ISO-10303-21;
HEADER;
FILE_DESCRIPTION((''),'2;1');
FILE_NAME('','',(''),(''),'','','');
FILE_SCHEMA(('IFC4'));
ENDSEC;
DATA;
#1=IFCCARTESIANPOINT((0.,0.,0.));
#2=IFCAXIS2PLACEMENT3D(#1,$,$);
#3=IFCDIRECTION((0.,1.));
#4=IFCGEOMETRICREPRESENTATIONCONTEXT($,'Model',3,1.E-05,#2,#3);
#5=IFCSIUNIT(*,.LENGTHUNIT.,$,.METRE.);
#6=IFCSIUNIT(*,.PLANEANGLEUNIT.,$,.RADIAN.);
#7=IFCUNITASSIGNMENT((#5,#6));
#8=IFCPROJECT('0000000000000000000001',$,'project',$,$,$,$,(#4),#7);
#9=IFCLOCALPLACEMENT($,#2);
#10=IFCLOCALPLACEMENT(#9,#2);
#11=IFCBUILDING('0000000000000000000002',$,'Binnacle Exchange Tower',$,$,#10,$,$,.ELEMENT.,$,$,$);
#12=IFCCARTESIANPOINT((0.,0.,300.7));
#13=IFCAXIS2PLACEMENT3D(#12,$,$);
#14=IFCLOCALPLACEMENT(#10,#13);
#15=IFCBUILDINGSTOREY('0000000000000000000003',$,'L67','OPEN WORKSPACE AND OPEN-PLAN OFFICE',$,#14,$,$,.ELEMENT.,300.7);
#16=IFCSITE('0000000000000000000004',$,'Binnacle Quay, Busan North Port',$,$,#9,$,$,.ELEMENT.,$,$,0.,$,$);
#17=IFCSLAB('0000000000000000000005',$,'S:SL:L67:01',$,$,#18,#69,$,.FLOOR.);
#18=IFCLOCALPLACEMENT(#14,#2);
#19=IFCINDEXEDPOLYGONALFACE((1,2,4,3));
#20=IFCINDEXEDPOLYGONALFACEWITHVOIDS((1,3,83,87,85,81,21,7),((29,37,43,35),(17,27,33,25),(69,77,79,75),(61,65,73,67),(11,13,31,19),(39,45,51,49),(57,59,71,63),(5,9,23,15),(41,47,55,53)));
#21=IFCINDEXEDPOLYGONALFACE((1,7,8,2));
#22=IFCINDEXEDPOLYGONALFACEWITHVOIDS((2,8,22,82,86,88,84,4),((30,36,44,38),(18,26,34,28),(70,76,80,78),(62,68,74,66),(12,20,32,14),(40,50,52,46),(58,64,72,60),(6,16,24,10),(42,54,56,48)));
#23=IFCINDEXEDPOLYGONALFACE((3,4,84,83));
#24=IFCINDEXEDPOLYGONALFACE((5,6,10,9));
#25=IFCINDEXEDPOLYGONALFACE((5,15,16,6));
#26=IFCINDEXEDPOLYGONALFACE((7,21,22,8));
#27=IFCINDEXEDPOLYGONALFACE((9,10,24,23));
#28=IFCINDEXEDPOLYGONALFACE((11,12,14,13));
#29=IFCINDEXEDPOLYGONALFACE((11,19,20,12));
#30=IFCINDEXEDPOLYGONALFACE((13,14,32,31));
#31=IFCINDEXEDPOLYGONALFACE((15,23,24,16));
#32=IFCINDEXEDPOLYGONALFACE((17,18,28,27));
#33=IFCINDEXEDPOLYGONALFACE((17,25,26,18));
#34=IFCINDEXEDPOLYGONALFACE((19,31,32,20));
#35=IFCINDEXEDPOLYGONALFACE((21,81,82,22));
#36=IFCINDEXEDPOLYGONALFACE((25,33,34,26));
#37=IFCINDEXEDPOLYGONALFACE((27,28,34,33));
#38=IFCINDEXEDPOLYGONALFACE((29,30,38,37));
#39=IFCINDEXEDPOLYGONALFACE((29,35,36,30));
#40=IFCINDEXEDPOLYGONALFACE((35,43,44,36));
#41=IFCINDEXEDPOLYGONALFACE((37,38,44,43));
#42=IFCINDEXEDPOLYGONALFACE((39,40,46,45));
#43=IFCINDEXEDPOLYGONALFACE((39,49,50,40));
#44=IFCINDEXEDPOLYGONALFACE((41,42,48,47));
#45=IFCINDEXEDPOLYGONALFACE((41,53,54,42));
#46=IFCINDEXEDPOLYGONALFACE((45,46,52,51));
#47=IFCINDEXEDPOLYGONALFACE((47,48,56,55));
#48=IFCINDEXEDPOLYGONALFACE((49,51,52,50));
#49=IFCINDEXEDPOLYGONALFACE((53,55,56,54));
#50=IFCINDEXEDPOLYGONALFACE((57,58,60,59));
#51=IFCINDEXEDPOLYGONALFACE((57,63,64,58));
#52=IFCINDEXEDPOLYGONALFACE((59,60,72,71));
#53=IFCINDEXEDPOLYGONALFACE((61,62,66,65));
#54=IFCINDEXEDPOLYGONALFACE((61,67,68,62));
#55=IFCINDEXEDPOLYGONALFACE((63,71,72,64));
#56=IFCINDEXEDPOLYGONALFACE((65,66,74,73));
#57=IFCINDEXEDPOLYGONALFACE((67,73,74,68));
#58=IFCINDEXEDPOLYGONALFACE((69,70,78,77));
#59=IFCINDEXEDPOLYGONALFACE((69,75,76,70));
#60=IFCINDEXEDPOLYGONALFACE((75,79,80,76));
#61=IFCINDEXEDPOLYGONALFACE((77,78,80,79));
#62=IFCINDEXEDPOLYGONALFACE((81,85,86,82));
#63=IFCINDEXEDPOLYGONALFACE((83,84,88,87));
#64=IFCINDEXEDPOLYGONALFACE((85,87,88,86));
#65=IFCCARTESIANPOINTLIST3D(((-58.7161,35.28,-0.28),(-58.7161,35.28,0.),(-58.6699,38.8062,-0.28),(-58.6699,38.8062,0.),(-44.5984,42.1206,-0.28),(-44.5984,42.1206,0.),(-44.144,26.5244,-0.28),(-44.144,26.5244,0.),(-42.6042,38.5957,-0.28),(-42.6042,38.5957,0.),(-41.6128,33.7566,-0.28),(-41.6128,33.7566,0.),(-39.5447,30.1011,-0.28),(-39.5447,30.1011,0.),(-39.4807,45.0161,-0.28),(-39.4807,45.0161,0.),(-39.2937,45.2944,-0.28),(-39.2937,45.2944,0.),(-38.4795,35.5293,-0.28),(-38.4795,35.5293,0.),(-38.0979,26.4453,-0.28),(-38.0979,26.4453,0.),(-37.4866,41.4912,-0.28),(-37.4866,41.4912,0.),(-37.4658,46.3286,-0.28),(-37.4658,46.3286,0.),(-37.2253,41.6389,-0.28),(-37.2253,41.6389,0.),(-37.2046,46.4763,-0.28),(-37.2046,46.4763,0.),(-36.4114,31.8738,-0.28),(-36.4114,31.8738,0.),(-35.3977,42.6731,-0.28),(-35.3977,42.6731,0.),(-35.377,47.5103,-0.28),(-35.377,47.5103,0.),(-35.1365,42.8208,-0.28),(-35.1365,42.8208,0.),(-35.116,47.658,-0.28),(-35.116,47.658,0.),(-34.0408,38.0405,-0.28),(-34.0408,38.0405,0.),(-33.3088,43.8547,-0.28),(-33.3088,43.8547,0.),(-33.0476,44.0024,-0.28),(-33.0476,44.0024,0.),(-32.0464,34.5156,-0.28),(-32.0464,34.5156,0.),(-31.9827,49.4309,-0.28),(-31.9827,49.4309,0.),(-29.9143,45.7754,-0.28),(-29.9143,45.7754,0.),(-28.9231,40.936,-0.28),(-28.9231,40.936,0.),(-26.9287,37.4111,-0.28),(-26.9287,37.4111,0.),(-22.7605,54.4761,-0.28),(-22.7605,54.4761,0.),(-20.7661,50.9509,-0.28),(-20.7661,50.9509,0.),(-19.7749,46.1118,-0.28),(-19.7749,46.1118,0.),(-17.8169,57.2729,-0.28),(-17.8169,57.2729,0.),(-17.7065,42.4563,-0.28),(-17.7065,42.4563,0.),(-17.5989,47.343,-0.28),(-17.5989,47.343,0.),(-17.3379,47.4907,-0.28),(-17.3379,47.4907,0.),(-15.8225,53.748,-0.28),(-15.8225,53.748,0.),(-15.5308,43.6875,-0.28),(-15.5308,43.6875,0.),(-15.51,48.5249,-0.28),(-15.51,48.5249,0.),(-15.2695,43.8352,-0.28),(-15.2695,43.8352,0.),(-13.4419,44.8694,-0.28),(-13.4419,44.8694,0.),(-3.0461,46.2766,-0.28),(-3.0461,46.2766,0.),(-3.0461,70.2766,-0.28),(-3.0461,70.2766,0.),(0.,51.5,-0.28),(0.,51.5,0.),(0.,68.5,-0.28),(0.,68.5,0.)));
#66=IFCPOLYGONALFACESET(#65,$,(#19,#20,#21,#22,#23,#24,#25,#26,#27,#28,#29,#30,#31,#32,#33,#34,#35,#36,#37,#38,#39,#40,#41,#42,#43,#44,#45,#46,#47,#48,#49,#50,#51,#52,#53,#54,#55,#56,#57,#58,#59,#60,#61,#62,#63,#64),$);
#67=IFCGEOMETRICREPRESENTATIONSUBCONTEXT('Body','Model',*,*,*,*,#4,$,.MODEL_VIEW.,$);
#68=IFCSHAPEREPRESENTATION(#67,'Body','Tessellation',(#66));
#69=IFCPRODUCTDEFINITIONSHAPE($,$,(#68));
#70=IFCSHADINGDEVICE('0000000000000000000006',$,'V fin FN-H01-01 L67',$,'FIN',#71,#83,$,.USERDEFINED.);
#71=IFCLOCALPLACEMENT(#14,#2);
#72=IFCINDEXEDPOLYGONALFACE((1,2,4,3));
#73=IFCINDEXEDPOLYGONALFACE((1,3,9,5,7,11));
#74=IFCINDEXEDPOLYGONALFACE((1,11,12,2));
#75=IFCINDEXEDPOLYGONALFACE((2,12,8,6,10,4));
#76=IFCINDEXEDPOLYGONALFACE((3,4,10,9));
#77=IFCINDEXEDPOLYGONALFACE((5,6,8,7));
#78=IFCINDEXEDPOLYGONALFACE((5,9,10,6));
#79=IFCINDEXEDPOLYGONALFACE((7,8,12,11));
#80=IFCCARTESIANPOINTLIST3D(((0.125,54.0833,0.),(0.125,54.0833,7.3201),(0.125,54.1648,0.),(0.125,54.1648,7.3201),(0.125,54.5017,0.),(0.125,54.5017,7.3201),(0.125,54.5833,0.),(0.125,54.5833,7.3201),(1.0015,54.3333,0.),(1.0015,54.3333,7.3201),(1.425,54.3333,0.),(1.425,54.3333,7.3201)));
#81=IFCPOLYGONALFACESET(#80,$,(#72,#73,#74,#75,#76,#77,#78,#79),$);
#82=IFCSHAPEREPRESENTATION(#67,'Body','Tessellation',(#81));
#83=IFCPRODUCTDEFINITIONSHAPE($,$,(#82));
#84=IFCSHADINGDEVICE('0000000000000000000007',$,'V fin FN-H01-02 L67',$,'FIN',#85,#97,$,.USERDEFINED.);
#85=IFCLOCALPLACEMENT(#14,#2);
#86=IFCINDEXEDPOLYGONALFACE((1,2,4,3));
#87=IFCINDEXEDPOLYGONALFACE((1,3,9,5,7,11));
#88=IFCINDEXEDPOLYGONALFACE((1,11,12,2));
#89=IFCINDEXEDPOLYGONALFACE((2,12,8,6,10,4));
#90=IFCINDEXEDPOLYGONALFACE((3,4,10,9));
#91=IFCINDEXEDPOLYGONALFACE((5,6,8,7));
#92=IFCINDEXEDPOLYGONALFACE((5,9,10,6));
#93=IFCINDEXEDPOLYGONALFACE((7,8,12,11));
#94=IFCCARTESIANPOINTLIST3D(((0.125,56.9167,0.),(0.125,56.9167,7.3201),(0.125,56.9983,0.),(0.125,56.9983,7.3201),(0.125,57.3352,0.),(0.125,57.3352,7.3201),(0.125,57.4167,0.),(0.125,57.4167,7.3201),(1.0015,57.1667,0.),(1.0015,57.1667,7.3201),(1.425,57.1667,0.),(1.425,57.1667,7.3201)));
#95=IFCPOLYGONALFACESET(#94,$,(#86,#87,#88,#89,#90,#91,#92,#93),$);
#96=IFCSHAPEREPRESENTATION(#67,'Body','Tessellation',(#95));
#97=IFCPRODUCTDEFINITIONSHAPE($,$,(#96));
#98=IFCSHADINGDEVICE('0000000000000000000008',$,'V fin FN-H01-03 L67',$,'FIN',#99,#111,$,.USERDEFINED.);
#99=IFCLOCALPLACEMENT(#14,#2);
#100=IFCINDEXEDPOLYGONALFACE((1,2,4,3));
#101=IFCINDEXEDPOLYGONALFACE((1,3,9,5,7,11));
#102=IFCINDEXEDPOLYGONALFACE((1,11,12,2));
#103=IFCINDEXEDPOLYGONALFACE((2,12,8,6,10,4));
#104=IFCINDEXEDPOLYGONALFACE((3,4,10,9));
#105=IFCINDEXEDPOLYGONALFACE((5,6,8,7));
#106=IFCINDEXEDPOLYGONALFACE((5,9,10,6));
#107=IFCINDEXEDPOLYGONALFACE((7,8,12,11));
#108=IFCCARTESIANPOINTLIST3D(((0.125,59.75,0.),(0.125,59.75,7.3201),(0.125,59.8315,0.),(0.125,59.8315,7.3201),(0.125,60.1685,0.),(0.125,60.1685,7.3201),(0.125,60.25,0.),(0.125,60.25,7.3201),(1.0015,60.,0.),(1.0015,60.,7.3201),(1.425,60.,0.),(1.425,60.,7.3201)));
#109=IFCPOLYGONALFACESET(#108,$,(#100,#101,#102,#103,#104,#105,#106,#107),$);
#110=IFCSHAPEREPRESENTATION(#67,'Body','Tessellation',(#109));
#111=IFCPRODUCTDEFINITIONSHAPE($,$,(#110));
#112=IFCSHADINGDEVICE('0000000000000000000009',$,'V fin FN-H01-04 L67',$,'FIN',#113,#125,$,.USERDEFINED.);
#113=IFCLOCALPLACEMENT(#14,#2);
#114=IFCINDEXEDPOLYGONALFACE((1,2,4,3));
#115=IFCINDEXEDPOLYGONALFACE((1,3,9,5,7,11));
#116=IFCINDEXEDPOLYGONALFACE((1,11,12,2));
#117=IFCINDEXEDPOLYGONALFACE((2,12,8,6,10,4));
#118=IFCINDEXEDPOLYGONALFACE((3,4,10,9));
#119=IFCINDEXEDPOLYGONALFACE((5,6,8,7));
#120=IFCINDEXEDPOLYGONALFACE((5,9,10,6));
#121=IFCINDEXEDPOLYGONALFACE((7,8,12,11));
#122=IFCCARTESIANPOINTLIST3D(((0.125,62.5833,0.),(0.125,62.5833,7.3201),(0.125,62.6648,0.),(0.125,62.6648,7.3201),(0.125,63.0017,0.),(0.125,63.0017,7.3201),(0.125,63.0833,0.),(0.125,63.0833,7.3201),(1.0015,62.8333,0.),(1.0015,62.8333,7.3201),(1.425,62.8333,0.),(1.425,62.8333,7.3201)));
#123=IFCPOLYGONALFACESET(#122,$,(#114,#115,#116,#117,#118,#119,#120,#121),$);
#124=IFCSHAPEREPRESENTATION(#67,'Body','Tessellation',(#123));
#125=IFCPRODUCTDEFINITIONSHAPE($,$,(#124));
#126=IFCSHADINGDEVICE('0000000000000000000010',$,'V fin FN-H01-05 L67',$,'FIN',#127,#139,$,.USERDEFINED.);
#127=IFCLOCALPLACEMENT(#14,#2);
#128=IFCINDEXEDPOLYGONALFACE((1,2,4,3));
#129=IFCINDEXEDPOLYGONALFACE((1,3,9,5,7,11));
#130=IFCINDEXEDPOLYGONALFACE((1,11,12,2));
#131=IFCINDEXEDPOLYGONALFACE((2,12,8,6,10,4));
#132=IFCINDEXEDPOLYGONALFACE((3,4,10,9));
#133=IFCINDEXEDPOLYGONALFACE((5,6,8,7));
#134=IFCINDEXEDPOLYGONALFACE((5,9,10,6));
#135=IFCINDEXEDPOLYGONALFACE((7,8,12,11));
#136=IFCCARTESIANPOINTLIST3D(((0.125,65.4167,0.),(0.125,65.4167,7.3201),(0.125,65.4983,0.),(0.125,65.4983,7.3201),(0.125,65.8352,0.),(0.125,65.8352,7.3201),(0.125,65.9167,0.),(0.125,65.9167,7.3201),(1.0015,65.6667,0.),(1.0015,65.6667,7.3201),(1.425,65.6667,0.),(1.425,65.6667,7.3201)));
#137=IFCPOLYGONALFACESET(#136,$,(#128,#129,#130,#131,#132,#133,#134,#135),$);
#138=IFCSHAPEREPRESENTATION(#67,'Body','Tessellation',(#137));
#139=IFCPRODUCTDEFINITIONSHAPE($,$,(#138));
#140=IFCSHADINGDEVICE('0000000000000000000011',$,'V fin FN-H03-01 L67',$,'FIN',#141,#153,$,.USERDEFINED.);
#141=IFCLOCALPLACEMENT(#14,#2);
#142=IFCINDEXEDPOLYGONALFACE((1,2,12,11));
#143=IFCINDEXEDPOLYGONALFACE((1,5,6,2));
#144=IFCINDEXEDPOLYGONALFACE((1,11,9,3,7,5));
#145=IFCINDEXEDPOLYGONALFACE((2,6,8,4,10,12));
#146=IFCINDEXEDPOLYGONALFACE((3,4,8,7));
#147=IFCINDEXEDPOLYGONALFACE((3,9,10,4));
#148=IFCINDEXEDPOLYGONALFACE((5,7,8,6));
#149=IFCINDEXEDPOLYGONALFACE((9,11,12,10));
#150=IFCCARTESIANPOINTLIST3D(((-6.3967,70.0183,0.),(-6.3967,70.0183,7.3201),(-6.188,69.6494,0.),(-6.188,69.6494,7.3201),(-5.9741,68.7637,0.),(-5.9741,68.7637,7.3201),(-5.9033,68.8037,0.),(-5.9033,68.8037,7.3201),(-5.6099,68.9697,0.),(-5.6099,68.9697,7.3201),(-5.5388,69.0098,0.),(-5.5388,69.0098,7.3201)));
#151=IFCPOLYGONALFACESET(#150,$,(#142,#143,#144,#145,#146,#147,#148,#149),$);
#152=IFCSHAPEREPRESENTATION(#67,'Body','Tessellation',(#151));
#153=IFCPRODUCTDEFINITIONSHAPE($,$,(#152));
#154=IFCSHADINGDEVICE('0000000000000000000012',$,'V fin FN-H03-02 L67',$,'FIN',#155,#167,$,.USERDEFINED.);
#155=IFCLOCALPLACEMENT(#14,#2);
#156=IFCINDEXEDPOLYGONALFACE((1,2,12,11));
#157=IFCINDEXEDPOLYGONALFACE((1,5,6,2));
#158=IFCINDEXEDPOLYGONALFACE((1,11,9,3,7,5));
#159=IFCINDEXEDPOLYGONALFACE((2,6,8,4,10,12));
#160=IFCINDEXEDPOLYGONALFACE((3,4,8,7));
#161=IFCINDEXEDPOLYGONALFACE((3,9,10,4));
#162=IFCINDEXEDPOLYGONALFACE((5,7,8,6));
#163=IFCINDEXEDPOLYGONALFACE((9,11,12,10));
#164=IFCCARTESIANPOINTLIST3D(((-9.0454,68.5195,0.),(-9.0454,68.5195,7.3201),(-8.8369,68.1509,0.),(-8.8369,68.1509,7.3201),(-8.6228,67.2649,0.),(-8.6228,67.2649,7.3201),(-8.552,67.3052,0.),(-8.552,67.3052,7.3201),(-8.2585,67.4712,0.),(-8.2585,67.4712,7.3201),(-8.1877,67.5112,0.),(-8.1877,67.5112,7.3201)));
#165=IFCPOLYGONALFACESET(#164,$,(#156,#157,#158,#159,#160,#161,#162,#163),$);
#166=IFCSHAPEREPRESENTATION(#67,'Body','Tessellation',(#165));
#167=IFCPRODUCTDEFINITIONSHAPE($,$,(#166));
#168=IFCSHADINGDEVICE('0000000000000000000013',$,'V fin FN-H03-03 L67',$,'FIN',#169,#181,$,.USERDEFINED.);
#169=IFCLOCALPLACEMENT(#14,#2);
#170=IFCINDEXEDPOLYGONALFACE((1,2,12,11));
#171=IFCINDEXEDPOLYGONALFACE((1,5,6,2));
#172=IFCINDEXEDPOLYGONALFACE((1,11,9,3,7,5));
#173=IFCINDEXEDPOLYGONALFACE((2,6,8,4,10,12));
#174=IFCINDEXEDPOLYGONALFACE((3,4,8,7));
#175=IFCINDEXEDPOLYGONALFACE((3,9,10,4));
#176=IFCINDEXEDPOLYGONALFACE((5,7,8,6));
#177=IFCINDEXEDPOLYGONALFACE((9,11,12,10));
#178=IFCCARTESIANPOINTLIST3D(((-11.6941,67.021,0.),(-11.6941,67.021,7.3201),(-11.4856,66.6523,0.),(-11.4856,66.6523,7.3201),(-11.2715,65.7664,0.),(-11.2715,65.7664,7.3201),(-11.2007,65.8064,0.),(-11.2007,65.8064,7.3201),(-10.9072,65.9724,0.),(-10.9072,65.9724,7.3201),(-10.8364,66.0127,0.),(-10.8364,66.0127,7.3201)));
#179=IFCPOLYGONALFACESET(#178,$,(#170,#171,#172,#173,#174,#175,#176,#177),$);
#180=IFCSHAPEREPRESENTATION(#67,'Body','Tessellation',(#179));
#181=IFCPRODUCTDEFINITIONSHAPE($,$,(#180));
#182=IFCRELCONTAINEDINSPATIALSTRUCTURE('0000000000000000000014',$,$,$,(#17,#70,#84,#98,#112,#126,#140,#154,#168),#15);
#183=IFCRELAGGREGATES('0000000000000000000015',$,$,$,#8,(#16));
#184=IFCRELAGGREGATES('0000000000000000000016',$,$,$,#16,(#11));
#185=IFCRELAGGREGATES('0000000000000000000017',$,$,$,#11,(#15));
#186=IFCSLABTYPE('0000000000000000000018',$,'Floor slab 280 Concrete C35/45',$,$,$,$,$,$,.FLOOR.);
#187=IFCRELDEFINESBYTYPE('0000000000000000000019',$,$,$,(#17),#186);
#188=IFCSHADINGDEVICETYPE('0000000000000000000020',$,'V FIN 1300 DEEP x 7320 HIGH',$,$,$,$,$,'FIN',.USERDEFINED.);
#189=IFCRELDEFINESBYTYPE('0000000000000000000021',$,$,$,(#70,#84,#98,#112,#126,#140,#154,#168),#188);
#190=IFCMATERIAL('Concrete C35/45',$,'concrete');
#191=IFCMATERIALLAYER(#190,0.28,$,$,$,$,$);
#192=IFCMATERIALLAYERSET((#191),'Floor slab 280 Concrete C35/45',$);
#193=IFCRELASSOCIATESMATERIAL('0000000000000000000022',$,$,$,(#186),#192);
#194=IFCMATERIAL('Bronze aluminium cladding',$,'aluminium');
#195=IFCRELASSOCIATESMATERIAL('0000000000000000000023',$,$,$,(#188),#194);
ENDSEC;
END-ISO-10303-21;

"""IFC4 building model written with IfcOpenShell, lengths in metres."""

from ifc_helpers import new_model, si_unit, direction, frame, origin, place, context, subcontext, project, spatial, polyline, outline, extrude, material, layer, layer_set, type_object, element, save


model = new_model("IFC4")

# Units and contexts
model_context = context("Model", 3, precision=1e-05, world=origin(), true_north=direction((0.0, 1.0)))
body_context = subcontext(model_context, "Body", "Model", "MODEL_VIEW")
ifc_project = project(units=[si_unit("LENGTHUNIT", "METRE"), si_unit("PLANEANGLEUNIT", "RADIAN")], contexts=[model_context])

# Site, building, storey
site_placement = place(None, origin())
site = spatial("IfcSite", under=ifc_project, at=site_placement, Name="Binnacle Quay, Busan North Port", CompositionType="ELEMENT", RefElevation=0.0)
building_placement = place(site_placement, origin())
building = spatial("IfcBuilding", under=site, at=building_placement, Name="Binnacle Exchange Tower", CompositionType="ELEMENT")
storey_placement = place(building_placement, frame((0.0, 0.0, 300.7)))
storey = spatial("IfcBuildingStorey", under=building, at=storey_placement, Name="L67", Description="OPEN WORKSPACE AND OPEN-PLAN OFFICE", CompositionType="ELEMENT", Elevation=300.7)

# Slab
ifc_material_1 = material(Name="Concrete C35/45", Category="concrete")
ifc_layer = layer(ifc_material_1, 0.28)
ifc_layer_set = layer_set([ifc_layer], Name="Floor slab 280 Concrete C35/45")
slab_type = type_object("IfcSlabType", Name="Floor slab 280 Concrete C35/45", PredefinedType="FLOOR", material=ifc_layer_set)
slab_placement = place(storey_placement, frame((0.0, 0.0, -0.28)))
element("IfcSlab", 1, at=slab_placement, inside=storey, type_object=slab_type, Name="S:SL:L67:01", PredefinedType="FLOOR", context=body_context, shape_type="SweptSolid", body=[
    extrude(outline(polyline([(-38.0979, 26.4453), (-44.144, 26.5244), (-58.7161, 35.28), (-58.6699, 38.8062), (-3.0461, 70.2766), (0.0, 68.5), (0.0, 51.5), (-3.0461, 46.2766), (-38.0979, 26.4453)]), holes=[polyline([(-38.4795, 35.5293), (-41.6128, 33.7566), (-39.5447, 30.1011), (-36.4114, 31.8738), (-38.4795, 35.5293)]), polyline([(-32.0464, 34.5156), (-26.9287, 37.4111), (-28.9231, 40.936), (-34.0408, 38.0405), (-32.0464, 34.5156)]), polyline([(-39.4807, 45.0161), (-44.5984, 42.1206), (-42.6042, 38.5957), (-37.4866, 41.4912), (-39.4807, 45.0161)]), polyline([(-37.4658, 46.3286), (-39.2937, 45.2944), (-37.2253, 41.6389), (-35.3977, 42.6731), (-37.4658, 46.3286)]), polyline([(-17.5989, 47.343), (-19.7749, 46.1118), (-17.7065, 42.4563), (-15.5308, 43.6875), (-17.5989, 47.343)]), polyline([(-35.377, 47.5103), (-37.2046, 46.4763), (-35.1365, 42.8208), (-33.3088, 43.8547), (-35.377, 47.5103)]), polyline([(-15.51, 48.5249), (-17.3379, 47.4907), (-15.2695, 43.8352), (-13.4419, 44.8694), (-15.51, 48.5249)]), polyline([(-29.9143, 45.7754), (-31.9827, 49.4309), (-35.116, 47.658), (-33.0476, 44.0024), (-29.9143, 45.7754)]), polyline([(-15.8225, 53.748), (-17.8169, 57.2729), (-22.7605, 54.4761), (-20.7661, 50.9509), (-15.8225, 53.748)])]), origin(), (0.0, 0.0, 1.0), 0.28),
])

# Shading devices
ifc_material_2 = material(Name="Bronze aluminium cladding", Category="aluminium")
shading_device_type = type_object("IfcShadingDeviceType", Name="V FIN 1300 DEEP x 7320 HIGH", ElementType="FIN", PredefinedType="USERDEFINED", material=ifc_material_2)
shading_device_1_placement = place(storey_placement, origin())
element("IfcShadingDevice", 2, at=shading_device_1_placement, inside=storey, type_object=shading_device_type, Name="V fin FN-H01-01 L67", ObjectType="FIN", PredefinedType="USERDEFINED", context=body_context, shape_type="SweptSolid", body=[
    extrude(outline(polyline([(0.125, 54.0833), (1.425, 54.3333), (0.125, 54.5833), (0.125, 54.5017), (1.0015, 54.3333), (0.125, 54.1648), (0.125, 54.0833)])), origin(), (0.0, 0.0, 1.0), 7.3201),
])
shading_device_2_placement = place(storey_placement, origin())
element("IfcShadingDevice", 3, at=shading_device_2_placement, inside=storey, type_object=shading_device_type, Name="V fin FN-H01-02 L67", ObjectType="FIN", PredefinedType="USERDEFINED", context=body_context, shape_type="SweptSolid", body=[
    extrude(outline(polyline([(0.125, 56.9167), (1.425, 57.1667), (0.125, 57.4167), (0.125, 57.3352), (1.0015, 57.1667), (0.125, 56.9983), (0.125, 56.9167)])), origin(), (0.0, 0.0, 1.0), 7.3201),
])
shading_device_3_placement = place(storey_placement, origin())
element("IfcShadingDevice", 4, at=shading_device_3_placement, inside=storey, type_object=shading_device_type, Name="V fin FN-H01-03 L67", ObjectType="FIN", PredefinedType="USERDEFINED", context=body_context, shape_type="SweptSolid", body=[
    extrude(outline(polyline([(0.125, 59.75), (1.425, 60.0), (0.125, 60.25), (0.125, 60.1685), (1.0015, 60.0), (0.125, 59.8315), (0.125, 59.75)])), origin(), (0.0, 0.0, 1.0), 7.3201),
])
shading_device_4_placement = place(storey_placement, origin())
element("IfcShadingDevice", 5, at=shading_device_4_placement, inside=storey, type_object=shading_device_type, Name="V fin FN-H01-04 L67", ObjectType="FIN", PredefinedType="USERDEFINED", context=body_context, shape_type="SweptSolid", body=[
    extrude(outline(polyline([(0.125, 62.5833), (1.425, 62.8333), (0.125, 63.0833), (0.125, 63.0017), (1.0015, 62.8333), (0.125, 62.6648), (0.125, 62.5833)])), origin(), (0.0, 0.0, 1.0), 7.3201),
])
shading_device_5_placement = place(storey_placement, origin())
element("IfcShadingDevice", 6, at=shading_device_5_placement, inside=storey, type_object=shading_device_type, Name="V fin FN-H01-05 L67", ObjectType="FIN", PredefinedType="USERDEFINED", context=body_context, shape_type="SweptSolid", body=[
    extrude(outline(polyline([(0.125, 65.4167), (1.425, 65.6667), (0.125, 65.9167), (0.125, 65.8352), (1.0015, 65.6667), (0.125, 65.4983), (0.125, 65.4167)])), origin(), (0.0, 0.0, 1.0), 7.3201),
])
shading_device_6_placement = place(storey_placement, origin())
element("IfcShadingDevice", 7, at=shading_device_6_placement, inside=storey, type_object=shading_device_type, Name="V fin FN-H03-01 L67", ObjectType="FIN", PredefinedType="USERDEFINED", context=body_context, shape_type="SweptSolid", body=[
    extrude(outline(polyline([(-5.5388, 69.0098), (-6.3967, 70.0183), (-5.9741, 68.7637), (-5.9033, 68.8037), (-6.188, 69.6494), (-5.6099, 68.9697), (-5.5388, 69.0098)])), origin(), (0.0, 0.0, 1.0), 7.3201),
])
shading_device_7_placement = place(storey_placement, origin())
element("IfcShadingDevice", 8, at=shading_device_7_placement, inside=storey, type_object=shading_device_type, Name="V fin FN-H03-02 L67", ObjectType="FIN", PredefinedType="USERDEFINED", context=body_context, shape_type="SweptSolid", body=[
    extrude(outline(polyline([(-8.1877, 67.5112), (-9.0454, 68.5195), (-8.6228, 67.2649), (-8.552, 67.3052), (-8.8369, 68.1509), (-8.2585, 67.4712), (-8.1877, 67.5112)])), origin(), (0.0, 0.0, 1.0), 7.3201),
])
shading_device_8_placement = place(storey_placement, origin())
element("IfcShadingDevice", 9, at=shading_device_8_placement, inside=storey, type_object=shading_device_type, Name="V fin FN-H03-03 L67", ObjectType="FIN", PredefinedType="USERDEFINED", context=body_context, shape_type="SweptSolid", body=[
    extrude(outline(polyline([(-10.8364, 66.0127), (-11.6941, 67.021), (-11.2715, 65.7664), (-11.2007, 65.8064), (-11.4856, 66.6523), (-10.9072, 65.9724), (-10.8364, 66.0127)])), origin(), (0.0, 0.0, 1.0), 7.3201),
])

save(model, "model.ifc")
